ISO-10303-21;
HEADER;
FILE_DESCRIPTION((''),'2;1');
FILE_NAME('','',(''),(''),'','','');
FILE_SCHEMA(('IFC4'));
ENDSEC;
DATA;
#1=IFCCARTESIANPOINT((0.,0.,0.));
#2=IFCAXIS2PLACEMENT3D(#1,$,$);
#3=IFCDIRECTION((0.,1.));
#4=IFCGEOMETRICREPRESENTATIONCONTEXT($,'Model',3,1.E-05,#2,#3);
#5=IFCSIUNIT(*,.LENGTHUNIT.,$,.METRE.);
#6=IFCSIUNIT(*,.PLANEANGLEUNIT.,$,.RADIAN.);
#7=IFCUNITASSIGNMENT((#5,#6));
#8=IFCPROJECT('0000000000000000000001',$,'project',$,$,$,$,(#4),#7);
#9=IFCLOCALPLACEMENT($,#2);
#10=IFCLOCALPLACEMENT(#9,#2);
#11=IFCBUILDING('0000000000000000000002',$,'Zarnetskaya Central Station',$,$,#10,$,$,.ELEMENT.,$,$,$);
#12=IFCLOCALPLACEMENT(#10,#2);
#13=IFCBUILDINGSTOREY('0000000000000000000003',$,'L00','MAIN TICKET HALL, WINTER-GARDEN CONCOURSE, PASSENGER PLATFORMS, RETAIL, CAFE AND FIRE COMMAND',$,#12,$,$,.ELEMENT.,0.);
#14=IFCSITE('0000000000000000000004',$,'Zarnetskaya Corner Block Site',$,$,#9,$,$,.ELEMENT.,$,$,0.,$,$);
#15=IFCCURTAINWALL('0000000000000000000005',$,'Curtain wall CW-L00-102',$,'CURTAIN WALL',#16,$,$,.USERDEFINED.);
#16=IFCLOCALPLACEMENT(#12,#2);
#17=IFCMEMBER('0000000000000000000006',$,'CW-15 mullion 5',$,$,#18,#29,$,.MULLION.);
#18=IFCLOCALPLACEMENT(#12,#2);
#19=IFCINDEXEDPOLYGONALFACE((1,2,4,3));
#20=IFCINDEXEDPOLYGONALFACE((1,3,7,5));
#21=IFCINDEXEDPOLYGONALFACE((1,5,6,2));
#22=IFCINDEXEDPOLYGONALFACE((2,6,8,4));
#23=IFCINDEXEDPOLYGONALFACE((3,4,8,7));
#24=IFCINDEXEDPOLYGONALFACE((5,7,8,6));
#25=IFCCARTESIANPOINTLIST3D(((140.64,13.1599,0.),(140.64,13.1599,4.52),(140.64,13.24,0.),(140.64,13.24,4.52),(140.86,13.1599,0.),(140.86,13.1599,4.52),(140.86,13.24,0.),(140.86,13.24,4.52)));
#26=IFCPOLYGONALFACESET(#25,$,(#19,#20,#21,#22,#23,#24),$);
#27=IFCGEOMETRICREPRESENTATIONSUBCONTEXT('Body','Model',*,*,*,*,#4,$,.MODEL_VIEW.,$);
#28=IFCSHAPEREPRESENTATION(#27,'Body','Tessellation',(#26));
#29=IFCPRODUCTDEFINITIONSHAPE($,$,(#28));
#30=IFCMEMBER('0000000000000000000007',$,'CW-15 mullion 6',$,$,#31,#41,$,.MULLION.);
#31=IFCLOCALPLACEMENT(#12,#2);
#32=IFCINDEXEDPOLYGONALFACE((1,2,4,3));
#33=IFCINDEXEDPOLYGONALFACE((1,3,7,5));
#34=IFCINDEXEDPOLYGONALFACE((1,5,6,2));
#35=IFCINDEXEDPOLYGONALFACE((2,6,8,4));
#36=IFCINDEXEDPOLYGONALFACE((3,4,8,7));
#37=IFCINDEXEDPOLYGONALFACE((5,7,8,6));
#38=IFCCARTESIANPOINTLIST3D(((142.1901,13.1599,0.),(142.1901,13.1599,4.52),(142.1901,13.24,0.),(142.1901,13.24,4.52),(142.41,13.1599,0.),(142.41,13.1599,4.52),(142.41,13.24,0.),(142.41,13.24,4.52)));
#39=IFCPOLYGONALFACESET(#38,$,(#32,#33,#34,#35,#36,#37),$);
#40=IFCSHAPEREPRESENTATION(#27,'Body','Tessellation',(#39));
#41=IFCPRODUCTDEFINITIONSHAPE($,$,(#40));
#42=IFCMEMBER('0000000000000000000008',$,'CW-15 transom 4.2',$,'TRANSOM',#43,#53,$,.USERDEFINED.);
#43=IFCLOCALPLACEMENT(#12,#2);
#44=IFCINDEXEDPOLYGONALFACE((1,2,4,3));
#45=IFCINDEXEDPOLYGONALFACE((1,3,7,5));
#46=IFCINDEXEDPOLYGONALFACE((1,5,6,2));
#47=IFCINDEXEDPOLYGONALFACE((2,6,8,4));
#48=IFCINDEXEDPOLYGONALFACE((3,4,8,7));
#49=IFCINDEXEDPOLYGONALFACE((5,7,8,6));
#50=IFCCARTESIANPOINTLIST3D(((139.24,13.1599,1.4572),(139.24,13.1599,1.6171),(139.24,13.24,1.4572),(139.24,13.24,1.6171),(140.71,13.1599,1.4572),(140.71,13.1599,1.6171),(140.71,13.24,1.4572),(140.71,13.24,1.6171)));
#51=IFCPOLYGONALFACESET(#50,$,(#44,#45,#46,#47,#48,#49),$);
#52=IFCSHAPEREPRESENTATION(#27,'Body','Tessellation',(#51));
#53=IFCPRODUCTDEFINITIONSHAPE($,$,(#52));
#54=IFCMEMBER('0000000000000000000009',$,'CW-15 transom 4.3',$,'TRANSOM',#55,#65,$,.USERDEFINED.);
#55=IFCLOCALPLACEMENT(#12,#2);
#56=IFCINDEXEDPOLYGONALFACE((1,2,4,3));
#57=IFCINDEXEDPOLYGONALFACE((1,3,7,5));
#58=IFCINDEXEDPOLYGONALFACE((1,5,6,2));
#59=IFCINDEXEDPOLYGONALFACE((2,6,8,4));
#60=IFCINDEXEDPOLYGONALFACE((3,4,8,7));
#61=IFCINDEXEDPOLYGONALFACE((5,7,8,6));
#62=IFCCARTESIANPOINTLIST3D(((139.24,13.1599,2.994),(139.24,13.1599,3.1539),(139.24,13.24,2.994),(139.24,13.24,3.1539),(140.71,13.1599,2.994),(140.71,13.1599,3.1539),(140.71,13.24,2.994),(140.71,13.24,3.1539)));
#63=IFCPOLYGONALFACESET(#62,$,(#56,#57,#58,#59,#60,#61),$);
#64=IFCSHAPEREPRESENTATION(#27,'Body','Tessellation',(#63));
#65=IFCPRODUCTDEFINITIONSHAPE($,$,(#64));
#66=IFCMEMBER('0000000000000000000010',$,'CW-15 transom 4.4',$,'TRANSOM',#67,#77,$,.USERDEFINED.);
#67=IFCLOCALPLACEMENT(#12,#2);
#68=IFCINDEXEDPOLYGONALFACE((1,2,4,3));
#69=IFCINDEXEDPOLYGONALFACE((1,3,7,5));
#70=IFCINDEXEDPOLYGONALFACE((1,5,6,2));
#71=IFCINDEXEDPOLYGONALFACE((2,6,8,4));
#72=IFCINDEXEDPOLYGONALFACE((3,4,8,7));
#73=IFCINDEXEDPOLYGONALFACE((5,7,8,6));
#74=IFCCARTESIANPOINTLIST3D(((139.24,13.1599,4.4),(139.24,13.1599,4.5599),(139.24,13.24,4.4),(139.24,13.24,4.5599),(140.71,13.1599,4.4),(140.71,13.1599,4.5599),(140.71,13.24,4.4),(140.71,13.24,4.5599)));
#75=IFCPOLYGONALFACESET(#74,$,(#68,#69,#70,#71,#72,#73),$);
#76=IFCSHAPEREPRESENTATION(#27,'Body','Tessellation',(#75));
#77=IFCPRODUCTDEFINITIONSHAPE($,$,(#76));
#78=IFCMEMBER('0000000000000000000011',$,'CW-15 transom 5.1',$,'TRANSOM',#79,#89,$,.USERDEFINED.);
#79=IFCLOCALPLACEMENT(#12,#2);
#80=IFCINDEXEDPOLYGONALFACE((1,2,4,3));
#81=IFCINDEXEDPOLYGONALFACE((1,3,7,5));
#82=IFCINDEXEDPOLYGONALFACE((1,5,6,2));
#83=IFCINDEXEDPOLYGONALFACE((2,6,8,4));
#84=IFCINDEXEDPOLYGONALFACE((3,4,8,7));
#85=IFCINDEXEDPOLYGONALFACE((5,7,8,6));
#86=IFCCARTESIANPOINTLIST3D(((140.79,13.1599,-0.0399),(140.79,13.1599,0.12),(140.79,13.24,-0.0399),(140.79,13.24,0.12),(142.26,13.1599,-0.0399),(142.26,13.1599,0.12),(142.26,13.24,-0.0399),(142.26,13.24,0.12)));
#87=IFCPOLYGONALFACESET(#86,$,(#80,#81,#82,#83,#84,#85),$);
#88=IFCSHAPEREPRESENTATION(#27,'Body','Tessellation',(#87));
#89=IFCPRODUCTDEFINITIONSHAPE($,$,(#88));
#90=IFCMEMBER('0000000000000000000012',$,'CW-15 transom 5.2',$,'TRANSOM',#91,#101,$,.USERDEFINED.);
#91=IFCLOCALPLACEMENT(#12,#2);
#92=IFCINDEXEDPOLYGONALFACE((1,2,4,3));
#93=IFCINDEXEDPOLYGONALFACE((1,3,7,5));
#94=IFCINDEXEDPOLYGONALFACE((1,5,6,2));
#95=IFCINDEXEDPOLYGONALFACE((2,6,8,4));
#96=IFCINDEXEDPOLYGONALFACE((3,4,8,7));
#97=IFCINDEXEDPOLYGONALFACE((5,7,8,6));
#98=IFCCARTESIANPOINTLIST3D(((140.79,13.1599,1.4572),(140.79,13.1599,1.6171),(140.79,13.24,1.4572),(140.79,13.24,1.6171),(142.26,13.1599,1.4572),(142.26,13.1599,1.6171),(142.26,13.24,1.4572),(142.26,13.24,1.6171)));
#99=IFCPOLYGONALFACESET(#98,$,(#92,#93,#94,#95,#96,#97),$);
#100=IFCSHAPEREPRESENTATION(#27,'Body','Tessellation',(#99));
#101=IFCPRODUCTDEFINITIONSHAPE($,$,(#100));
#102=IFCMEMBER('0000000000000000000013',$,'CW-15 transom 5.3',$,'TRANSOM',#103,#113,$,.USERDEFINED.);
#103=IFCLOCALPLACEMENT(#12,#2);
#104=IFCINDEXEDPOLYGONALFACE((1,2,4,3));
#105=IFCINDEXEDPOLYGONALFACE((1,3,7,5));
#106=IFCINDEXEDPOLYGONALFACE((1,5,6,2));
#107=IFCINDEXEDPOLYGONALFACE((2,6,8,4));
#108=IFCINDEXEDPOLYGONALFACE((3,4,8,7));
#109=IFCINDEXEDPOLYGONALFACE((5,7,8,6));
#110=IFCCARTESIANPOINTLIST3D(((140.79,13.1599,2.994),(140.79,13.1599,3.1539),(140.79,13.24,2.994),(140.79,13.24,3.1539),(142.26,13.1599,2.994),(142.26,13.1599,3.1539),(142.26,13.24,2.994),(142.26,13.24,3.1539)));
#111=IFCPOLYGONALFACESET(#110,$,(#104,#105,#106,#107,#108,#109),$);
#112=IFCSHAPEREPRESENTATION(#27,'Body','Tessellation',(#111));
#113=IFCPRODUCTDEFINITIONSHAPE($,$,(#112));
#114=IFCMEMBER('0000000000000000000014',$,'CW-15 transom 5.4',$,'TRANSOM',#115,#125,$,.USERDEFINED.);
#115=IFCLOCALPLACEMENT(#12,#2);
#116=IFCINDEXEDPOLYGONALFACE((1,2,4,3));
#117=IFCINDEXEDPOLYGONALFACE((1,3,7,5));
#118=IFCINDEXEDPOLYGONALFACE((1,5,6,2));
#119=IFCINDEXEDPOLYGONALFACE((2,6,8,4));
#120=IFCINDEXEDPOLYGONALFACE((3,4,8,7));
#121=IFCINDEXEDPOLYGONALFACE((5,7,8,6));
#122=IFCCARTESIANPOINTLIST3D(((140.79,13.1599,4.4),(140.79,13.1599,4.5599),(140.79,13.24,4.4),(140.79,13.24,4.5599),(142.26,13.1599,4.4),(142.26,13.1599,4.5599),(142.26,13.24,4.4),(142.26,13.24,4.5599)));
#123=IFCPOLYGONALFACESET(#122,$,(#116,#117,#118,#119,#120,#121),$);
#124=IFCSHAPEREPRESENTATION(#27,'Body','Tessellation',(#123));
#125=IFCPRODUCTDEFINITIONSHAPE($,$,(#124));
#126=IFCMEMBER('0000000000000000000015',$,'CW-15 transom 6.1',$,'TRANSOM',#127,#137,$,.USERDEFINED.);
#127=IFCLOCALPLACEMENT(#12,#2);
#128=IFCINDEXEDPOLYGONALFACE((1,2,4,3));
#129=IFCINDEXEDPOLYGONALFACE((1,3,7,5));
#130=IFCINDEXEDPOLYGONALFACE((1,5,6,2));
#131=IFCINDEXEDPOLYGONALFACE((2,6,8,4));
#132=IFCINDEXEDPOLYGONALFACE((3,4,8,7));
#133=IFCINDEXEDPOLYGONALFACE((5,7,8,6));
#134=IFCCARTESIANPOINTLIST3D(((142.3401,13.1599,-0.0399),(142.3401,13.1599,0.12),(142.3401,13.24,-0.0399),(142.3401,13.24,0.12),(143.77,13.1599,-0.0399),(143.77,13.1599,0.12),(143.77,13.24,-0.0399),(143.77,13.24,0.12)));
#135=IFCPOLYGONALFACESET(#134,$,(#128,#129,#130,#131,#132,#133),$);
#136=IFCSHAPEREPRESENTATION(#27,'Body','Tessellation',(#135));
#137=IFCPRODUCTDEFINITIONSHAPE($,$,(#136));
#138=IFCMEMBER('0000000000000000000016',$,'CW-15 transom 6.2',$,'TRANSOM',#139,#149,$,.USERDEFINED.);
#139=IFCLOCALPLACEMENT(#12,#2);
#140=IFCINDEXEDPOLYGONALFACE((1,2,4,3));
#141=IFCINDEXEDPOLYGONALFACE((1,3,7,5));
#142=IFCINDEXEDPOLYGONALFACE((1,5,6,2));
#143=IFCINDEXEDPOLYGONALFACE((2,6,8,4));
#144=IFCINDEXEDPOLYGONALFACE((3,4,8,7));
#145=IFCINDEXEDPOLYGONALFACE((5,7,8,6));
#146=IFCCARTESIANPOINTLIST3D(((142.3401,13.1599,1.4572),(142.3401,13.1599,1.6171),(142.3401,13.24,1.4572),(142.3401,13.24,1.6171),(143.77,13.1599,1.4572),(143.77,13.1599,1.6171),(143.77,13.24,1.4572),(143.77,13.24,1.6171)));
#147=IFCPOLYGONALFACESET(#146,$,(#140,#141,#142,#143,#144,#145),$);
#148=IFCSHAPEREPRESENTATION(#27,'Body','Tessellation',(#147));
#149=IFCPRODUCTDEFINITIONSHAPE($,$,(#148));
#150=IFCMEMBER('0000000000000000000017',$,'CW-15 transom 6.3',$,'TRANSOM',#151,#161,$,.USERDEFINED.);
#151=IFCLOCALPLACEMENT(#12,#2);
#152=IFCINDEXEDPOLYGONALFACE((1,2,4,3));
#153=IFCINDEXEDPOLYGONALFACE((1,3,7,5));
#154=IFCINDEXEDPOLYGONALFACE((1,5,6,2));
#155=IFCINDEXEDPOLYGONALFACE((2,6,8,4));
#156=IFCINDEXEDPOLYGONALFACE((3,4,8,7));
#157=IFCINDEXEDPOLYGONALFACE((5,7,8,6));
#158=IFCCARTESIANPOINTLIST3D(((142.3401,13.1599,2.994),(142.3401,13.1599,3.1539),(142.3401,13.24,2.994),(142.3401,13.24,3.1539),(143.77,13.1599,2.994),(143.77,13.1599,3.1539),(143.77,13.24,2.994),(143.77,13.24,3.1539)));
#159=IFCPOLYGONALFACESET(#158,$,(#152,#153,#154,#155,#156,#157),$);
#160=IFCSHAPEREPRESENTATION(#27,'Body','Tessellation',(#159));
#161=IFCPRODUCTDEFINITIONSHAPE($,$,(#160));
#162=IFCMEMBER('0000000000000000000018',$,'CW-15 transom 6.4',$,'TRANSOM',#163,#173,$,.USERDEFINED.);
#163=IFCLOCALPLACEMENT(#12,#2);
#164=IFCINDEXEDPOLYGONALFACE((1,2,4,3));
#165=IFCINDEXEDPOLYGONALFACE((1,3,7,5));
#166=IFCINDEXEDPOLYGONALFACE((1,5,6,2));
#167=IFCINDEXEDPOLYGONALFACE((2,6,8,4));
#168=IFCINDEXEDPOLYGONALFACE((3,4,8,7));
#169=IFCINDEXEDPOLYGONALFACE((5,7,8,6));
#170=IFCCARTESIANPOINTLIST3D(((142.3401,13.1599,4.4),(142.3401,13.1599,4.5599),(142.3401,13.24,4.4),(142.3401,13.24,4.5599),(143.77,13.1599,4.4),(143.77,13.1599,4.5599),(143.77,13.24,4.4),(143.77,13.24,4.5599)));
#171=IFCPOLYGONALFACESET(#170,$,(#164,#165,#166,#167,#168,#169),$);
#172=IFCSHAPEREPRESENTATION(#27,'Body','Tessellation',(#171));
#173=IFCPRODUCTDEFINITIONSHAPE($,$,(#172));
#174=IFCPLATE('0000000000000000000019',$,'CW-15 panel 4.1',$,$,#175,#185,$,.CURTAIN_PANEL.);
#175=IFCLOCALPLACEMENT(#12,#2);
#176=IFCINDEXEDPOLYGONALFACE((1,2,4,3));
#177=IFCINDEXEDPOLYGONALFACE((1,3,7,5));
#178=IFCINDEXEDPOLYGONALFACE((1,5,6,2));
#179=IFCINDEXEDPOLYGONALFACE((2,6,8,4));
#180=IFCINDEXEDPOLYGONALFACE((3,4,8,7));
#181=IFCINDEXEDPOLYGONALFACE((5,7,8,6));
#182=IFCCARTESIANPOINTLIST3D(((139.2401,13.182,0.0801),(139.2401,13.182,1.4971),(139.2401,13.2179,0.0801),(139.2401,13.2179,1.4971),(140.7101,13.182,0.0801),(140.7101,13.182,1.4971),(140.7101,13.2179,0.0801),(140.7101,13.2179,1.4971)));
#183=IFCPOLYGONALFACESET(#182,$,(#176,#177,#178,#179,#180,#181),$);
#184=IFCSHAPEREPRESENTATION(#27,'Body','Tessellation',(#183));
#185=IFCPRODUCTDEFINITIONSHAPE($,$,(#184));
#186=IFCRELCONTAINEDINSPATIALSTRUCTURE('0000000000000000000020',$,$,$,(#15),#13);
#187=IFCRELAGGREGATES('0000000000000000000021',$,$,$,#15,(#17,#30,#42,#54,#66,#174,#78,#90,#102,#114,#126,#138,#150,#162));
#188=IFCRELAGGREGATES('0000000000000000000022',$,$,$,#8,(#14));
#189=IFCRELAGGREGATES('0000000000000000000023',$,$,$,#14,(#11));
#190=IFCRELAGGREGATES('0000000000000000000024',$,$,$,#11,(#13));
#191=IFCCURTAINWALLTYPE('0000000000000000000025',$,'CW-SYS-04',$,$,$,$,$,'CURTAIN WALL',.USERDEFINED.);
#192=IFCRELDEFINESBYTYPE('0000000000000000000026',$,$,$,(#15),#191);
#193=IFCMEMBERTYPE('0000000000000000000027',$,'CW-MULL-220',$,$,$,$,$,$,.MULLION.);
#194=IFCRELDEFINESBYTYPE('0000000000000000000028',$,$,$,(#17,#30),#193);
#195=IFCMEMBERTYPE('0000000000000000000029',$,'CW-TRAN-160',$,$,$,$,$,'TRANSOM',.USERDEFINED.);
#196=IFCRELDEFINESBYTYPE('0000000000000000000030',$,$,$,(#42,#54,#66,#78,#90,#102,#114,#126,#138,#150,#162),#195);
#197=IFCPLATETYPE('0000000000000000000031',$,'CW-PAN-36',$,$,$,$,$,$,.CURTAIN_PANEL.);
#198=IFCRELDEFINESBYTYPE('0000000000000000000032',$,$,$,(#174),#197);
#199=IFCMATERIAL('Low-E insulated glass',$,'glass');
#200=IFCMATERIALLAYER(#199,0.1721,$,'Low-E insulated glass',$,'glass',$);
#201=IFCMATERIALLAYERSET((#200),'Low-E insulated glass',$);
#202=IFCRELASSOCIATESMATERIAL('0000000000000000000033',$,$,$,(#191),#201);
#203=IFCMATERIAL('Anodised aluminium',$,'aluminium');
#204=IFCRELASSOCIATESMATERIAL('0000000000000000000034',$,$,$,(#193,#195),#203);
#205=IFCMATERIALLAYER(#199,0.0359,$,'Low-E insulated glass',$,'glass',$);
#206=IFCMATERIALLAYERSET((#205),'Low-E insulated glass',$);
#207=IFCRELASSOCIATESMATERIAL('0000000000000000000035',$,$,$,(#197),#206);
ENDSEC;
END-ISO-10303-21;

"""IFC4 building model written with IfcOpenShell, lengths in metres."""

from ifc_helpers import new_model, si_unit, direction, frame, origin, origin_2d, place, context, subcontext, project, spatial, rectangle, extrude, material, layer, layer_set, material_profile, profile_set, type_object, element, aggregate, save


model = new_model("IFC4")

# Units and contexts
model_context = context("Model", 3, precision=1e-05, world=origin(), true_north=direction((0.0, 1.0)))
body_context = subcontext(model_context, "Body", "Model", "MODEL_VIEW")
ifc_project = project(units=[si_unit("LENGTHUNIT", "METRE"), si_unit("PLANEANGLEUNIT", "RADIAN")], contexts=[model_context])

# Site, building, storey
site_placement = place(None, origin())
site = spatial("IfcSite", under=ifc_project, at=site_placement, Name="Zarnetskaya Corner Block Site", CompositionType="ELEMENT", RefElevation=0.0)
building_placement = place(site_placement, origin())
building = spatial("IfcBuilding", under=site, at=building_placement, Name="Zarnetskaya Central Station", CompositionType="ELEMENT")
storey_placement = place(building_placement, origin())
storey = spatial("IfcBuildingStorey", under=building, at=storey_placement, Name="L00", Description="MAIN TICKET HALL, WINTER-GARDEN CONCOURSE, PASSENGER PLATFORMS, RETAIL, CAFE AND FIRE COMMAND", CompositionType="ELEMENT", Elevation=0.0)

# Curtain wall, members, plate
ifc_material_1 = material(Name="Low-E insulated glass", Category="glass")
ifc_layer_1 = layer(ifc_material_1, 0.1721, Name="Low-E insulated glass", Category="glass")
ifc_layer_set_1 = layer_set([ifc_layer_1], Name="Low-E insulated glass")
curtain_wall_type = type_object("IfcCurtainWallType", Name="CW-SYS-04", ElementType="CURTAIN WALL", PredefinedType="USERDEFINED", material=ifc_layer_set_1)
curtain_wall_placement = place(storey_placement, origin())
curtain_wall = element("IfcCurtainWall", 1, at=curtain_wall_placement, inside=storey, type_object=curtain_wall_type, Name="Curtain wall CW-L00-102", ObjectType="CURTAIN WALL", PredefinedType="USERDEFINED")
ifc_material_2 = material(Name="Anodised aluminium", Category="aluminium")
ifc_material_profile_1 = material_profile(ifc_material_2, rectangle(XDim=0.0801, YDim=0.22, at=origin_2d()), Name="ALU MULL 80x220")
ifc_profile_set_1 = profile_set([ifc_material_profile_1], Name="Anodised aluminium")
member_type_1 = type_object("IfcMemberType", Name="CW-MULL-220", PredefinedType="MULLION", material=ifc_profile_set_1)
member_1_placement = place(storey_placement, frame((140.75, 13.2, 0.0), z_axis=(0.0, 0.0, 1.0), x_axis=(0.0, 1.0, 0.0)))
member_1 = element("IfcMember", 2, at=member_1_placement, type_object=member_type_1, Name="CW-15 mullion 5", PredefinedType="MULLION", context=body_context, shape_type="SweptSolid", body=[
    extrude(rectangle(XDim=0.0801, YDim=0.22, at=origin_2d()), origin(), (0.0, 0.0, 1.0), 4.52),
])
member_2_placement = place(storey_placement, frame((142.3, 13.2, 0.0), z_axis=(0.0, 0.0, 1.0), x_axis=(0.0, 1.0, 0.0)))
member_2 = element("IfcMember", 3, at=member_2_placement, type_object=member_type_1, Name="CW-15 mullion 6", PredefinedType="MULLION", context=body_context, shape_type="SweptSolid", body=[
    extrude(rectangle(XDim=0.0801, YDim=0.22, at=origin_2d()), origin(), (0.0, 0.0, 1.0), 4.52),
])
ifc_material_profile_2 = material_profile(ifc_material_2, rectangle(XDim=0.0801, YDim=0.1599, at=origin_2d()), Name="ALU TRAN 80x160")
ifc_profile_set_2 = profile_set([ifc_material_profile_2], Name="Anodised aluminium")
member_type_2 = type_object("IfcMemberType", Name="CW-TRAN-160", ElementType="TRANSOM", PredefinedType="USERDEFINED", material=ifc_profile_set_2)
member_3_placement = place(storey_placement, frame((139.24, 13.2, 1.5371), z_axis=(1.0, 0.0, 0.0), x_axis=(0.0, 1.0, 0.0)))
member_3 = element("IfcMember", 4, at=member_3_placement, type_object=member_type_2, Name="CW-15 transom 4.2", ObjectType="TRANSOM", PredefinedType="USERDEFINED", context=body_context, shape_type="SweptSolid", body=[
    extrude(rectangle(XDim=0.0801, YDim=0.1599, at=origin_2d()), origin(), (0.0, 0.0, 1.0), 1.47),
])
member_4_placement = place(storey_placement, frame((139.24, 13.2, 3.074), z_axis=(1.0, 0.0, 0.0), x_axis=(0.0, 1.0, 0.0)))
member_4 = element("IfcMember", 5, at=member_4_placement, type_object=member_type_2, Name="CW-15 transom 4.3", ObjectType="TRANSOM", PredefinedType="USERDEFINED", context=body_context, shape_type="SweptSolid", body=[
    extrude(rectangle(XDim=0.0801, YDim=0.1599, at=origin_2d()), origin(), (0.0, 0.0, 1.0), 1.47),
])
member_5_placement = place(storey_placement, frame((139.24, 13.2, 4.48), z_axis=(1.0, 0.0, 0.0), x_axis=(0.0, 1.0, 0.0)))
member_5 = element("IfcMember", 6, at=member_5_placement, type_object=member_type_2, Name="CW-15 transom 4.4", ObjectType="TRANSOM", PredefinedType="USERDEFINED", context=body_context, shape_type="SweptSolid", body=[
    extrude(rectangle(XDim=0.0801, YDim=0.1599, at=origin_2d()), origin(), (0.0, 0.0, 1.0), 1.47),
])
member_6_placement = place(storey_placement, frame((140.79, 13.2, 0.04), z_axis=(1.0, 0.0, 0.0), x_axis=(0.0, 1.0, 0.0)))
member_6 = element("IfcMember", 7, at=member_6_placement, type_object=member_type_2, Name="CW-15 transom 5.1", ObjectType="TRANSOM", PredefinedType="USERDEFINED", context=body_context, shape_type="SweptSolid", body=[
    extrude(rectangle(XDim=0.0801, YDim=0.1599, at=origin_2d()), origin(), (0.0, 0.0, 1.0), 1.47),
])
member_7_placement = place(storey_placement, frame((140.79, 13.2, 1.5371), z_axis=(1.0, 0.0, 0.0), x_axis=(0.0, 1.0, 0.0)))
member_7 = element("IfcMember", 8, at=member_7_placement, type_object=member_type_2, Name="CW-15 transom 5.2", ObjectType="TRANSOM", PredefinedType="USERDEFINED", context=body_context, shape_type="SweptSolid", body=[
    extrude(rectangle(XDim=0.0801, YDim=0.1599, at=origin_2d()), origin(), (0.0, 0.0, 1.0), 1.47),
])
member_8_placement = place(storey_placement, frame((140.79, 13.2, 3.074), z_axis=(1.0, 0.0, 0.0), x_axis=(0.0, 1.0, 0.0)))
member_8 = element("IfcMember", 9, at=member_8_placement, type_object=member_type_2, Name="CW-15 transom 5.3", ObjectType="TRANSOM", PredefinedType="USERDEFINED", context=body_context, shape_type="SweptSolid", body=[
    extrude(rectangle(XDim=0.0801, YDim=0.1599, at=origin_2d()), origin(), (0.0, 0.0, 1.0), 1.47),
])
member_9_placement = place(storey_placement, frame((140.79, 13.2, 4.48), z_axis=(1.0, 0.0, 0.0), x_axis=(0.0, 1.0, 0.0)))
member_9 = element("IfcMember", 10, at=member_9_placement, type_object=member_type_2, Name="CW-15 transom 5.4", ObjectType="TRANSOM", PredefinedType="USERDEFINED", context=body_context, shape_type="SweptSolid", body=[
    extrude(rectangle(XDim=0.0801, YDim=0.1599, at=origin_2d()), origin(), (0.0, 0.0, 1.0), 1.47),
])
member_10_placement = place(storey_placement, frame((142.3401, 13.2, 0.04), z_axis=(1.0, 0.0, 0.0), x_axis=(0.0, 1.0, 0.0)))
member_10 = element("IfcMember", 11, at=member_10_placement, type_object=member_type_2, Name="CW-15 transom 6.1", ObjectType="TRANSOM", PredefinedType="USERDEFINED", context=body_context, shape_type="SweptSolid", body=[
    extrude(rectangle(XDim=0.0801, YDim=0.1599, at=origin_2d()), origin(), (0.0, 0.0, 1.0), 1.4299),
])
member_11_placement = place(storey_placement, frame((142.3401, 13.2, 1.5371), z_axis=(1.0, 0.0, 0.0), x_axis=(0.0, 1.0, 0.0)))
member_11 = element("IfcMember", 12, at=member_11_placement, type_object=member_type_2, Name="CW-15 transom 6.2", ObjectType="TRANSOM", PredefinedType="USERDEFINED", context=body_context, shape_type="SweptSolid", body=[
    extrude(rectangle(XDim=0.0801, YDim=0.1599, at=origin_2d()), origin(), (0.0, 0.0, 1.0), 1.4299),
])
member_12_placement = place(storey_placement, frame((142.3401, 13.2, 3.074), z_axis=(1.0, 0.0, 0.0), x_axis=(0.0, 1.0, 0.0)))
member_12 = element("IfcMember", 13, at=member_12_placement, type_object=member_type_2, Name="CW-15 transom 6.3", ObjectType="TRANSOM", PredefinedType="USERDEFINED", context=body_context, shape_type="SweptSolid", body=[
    extrude(rectangle(XDim=0.0801, YDim=0.1599, at=origin_2d()), origin(), (0.0, 0.0, 1.0), 1.4299),
])
member_13_placement = place(storey_placement, frame((142.3401, 13.2, 4.48), z_axis=(1.0, 0.0, 0.0), x_axis=(0.0, 1.0, 0.0)))
member_13 = element("IfcMember", 14, at=member_13_placement, type_object=member_type_2, Name="CW-15 transom 6.4", ObjectType="TRANSOM", PredefinedType="USERDEFINED", context=body_context, shape_type="SweptSolid", body=[
    extrude(rectangle(XDim=0.0801, YDim=0.1599, at=origin_2d()), origin(), (0.0, 0.0, 1.0), 1.4299),
])
ifc_layer_2 = layer(ifc_material_1, 0.0359, Name="Low-E insulated glass", Category="glass")
ifc_layer_set_2 = layer_set([ifc_layer_2], Name="Low-E insulated glass")
plate_type = type_object("IfcPlateType", Name="CW-PAN-36", PredefinedType="CURTAIN_PANEL", material=ifc_layer_set_2)
plate_1_placement = place(storey_placement, frame((139.9751, 13.2, 0.0801), z_axis=(0.0, 0.0, 1.0), x_axis=(1.0, 0.0, 0.0)))
plate_1 = element("IfcPlate", 15, at=plate_1_placement, type_object=plate_type, Name="CW-15 panel 4.1", PredefinedType="CURTAIN_PANEL", context=body_context, shape_type="SweptSolid", body=[
    extrude(rectangle(XDim=1.47, YDim=0.0359, at=origin_2d()), origin(), (0.0, 0.0, 1.0), 1.417),
])
aggregate(curtain_wall, [member_1, member_2, member_3, member_4, member_5, plate_1, member_6, member_7, member_8, member_9, member_10, member_11, member_12, member_13])

save(model, "model.ifc")
